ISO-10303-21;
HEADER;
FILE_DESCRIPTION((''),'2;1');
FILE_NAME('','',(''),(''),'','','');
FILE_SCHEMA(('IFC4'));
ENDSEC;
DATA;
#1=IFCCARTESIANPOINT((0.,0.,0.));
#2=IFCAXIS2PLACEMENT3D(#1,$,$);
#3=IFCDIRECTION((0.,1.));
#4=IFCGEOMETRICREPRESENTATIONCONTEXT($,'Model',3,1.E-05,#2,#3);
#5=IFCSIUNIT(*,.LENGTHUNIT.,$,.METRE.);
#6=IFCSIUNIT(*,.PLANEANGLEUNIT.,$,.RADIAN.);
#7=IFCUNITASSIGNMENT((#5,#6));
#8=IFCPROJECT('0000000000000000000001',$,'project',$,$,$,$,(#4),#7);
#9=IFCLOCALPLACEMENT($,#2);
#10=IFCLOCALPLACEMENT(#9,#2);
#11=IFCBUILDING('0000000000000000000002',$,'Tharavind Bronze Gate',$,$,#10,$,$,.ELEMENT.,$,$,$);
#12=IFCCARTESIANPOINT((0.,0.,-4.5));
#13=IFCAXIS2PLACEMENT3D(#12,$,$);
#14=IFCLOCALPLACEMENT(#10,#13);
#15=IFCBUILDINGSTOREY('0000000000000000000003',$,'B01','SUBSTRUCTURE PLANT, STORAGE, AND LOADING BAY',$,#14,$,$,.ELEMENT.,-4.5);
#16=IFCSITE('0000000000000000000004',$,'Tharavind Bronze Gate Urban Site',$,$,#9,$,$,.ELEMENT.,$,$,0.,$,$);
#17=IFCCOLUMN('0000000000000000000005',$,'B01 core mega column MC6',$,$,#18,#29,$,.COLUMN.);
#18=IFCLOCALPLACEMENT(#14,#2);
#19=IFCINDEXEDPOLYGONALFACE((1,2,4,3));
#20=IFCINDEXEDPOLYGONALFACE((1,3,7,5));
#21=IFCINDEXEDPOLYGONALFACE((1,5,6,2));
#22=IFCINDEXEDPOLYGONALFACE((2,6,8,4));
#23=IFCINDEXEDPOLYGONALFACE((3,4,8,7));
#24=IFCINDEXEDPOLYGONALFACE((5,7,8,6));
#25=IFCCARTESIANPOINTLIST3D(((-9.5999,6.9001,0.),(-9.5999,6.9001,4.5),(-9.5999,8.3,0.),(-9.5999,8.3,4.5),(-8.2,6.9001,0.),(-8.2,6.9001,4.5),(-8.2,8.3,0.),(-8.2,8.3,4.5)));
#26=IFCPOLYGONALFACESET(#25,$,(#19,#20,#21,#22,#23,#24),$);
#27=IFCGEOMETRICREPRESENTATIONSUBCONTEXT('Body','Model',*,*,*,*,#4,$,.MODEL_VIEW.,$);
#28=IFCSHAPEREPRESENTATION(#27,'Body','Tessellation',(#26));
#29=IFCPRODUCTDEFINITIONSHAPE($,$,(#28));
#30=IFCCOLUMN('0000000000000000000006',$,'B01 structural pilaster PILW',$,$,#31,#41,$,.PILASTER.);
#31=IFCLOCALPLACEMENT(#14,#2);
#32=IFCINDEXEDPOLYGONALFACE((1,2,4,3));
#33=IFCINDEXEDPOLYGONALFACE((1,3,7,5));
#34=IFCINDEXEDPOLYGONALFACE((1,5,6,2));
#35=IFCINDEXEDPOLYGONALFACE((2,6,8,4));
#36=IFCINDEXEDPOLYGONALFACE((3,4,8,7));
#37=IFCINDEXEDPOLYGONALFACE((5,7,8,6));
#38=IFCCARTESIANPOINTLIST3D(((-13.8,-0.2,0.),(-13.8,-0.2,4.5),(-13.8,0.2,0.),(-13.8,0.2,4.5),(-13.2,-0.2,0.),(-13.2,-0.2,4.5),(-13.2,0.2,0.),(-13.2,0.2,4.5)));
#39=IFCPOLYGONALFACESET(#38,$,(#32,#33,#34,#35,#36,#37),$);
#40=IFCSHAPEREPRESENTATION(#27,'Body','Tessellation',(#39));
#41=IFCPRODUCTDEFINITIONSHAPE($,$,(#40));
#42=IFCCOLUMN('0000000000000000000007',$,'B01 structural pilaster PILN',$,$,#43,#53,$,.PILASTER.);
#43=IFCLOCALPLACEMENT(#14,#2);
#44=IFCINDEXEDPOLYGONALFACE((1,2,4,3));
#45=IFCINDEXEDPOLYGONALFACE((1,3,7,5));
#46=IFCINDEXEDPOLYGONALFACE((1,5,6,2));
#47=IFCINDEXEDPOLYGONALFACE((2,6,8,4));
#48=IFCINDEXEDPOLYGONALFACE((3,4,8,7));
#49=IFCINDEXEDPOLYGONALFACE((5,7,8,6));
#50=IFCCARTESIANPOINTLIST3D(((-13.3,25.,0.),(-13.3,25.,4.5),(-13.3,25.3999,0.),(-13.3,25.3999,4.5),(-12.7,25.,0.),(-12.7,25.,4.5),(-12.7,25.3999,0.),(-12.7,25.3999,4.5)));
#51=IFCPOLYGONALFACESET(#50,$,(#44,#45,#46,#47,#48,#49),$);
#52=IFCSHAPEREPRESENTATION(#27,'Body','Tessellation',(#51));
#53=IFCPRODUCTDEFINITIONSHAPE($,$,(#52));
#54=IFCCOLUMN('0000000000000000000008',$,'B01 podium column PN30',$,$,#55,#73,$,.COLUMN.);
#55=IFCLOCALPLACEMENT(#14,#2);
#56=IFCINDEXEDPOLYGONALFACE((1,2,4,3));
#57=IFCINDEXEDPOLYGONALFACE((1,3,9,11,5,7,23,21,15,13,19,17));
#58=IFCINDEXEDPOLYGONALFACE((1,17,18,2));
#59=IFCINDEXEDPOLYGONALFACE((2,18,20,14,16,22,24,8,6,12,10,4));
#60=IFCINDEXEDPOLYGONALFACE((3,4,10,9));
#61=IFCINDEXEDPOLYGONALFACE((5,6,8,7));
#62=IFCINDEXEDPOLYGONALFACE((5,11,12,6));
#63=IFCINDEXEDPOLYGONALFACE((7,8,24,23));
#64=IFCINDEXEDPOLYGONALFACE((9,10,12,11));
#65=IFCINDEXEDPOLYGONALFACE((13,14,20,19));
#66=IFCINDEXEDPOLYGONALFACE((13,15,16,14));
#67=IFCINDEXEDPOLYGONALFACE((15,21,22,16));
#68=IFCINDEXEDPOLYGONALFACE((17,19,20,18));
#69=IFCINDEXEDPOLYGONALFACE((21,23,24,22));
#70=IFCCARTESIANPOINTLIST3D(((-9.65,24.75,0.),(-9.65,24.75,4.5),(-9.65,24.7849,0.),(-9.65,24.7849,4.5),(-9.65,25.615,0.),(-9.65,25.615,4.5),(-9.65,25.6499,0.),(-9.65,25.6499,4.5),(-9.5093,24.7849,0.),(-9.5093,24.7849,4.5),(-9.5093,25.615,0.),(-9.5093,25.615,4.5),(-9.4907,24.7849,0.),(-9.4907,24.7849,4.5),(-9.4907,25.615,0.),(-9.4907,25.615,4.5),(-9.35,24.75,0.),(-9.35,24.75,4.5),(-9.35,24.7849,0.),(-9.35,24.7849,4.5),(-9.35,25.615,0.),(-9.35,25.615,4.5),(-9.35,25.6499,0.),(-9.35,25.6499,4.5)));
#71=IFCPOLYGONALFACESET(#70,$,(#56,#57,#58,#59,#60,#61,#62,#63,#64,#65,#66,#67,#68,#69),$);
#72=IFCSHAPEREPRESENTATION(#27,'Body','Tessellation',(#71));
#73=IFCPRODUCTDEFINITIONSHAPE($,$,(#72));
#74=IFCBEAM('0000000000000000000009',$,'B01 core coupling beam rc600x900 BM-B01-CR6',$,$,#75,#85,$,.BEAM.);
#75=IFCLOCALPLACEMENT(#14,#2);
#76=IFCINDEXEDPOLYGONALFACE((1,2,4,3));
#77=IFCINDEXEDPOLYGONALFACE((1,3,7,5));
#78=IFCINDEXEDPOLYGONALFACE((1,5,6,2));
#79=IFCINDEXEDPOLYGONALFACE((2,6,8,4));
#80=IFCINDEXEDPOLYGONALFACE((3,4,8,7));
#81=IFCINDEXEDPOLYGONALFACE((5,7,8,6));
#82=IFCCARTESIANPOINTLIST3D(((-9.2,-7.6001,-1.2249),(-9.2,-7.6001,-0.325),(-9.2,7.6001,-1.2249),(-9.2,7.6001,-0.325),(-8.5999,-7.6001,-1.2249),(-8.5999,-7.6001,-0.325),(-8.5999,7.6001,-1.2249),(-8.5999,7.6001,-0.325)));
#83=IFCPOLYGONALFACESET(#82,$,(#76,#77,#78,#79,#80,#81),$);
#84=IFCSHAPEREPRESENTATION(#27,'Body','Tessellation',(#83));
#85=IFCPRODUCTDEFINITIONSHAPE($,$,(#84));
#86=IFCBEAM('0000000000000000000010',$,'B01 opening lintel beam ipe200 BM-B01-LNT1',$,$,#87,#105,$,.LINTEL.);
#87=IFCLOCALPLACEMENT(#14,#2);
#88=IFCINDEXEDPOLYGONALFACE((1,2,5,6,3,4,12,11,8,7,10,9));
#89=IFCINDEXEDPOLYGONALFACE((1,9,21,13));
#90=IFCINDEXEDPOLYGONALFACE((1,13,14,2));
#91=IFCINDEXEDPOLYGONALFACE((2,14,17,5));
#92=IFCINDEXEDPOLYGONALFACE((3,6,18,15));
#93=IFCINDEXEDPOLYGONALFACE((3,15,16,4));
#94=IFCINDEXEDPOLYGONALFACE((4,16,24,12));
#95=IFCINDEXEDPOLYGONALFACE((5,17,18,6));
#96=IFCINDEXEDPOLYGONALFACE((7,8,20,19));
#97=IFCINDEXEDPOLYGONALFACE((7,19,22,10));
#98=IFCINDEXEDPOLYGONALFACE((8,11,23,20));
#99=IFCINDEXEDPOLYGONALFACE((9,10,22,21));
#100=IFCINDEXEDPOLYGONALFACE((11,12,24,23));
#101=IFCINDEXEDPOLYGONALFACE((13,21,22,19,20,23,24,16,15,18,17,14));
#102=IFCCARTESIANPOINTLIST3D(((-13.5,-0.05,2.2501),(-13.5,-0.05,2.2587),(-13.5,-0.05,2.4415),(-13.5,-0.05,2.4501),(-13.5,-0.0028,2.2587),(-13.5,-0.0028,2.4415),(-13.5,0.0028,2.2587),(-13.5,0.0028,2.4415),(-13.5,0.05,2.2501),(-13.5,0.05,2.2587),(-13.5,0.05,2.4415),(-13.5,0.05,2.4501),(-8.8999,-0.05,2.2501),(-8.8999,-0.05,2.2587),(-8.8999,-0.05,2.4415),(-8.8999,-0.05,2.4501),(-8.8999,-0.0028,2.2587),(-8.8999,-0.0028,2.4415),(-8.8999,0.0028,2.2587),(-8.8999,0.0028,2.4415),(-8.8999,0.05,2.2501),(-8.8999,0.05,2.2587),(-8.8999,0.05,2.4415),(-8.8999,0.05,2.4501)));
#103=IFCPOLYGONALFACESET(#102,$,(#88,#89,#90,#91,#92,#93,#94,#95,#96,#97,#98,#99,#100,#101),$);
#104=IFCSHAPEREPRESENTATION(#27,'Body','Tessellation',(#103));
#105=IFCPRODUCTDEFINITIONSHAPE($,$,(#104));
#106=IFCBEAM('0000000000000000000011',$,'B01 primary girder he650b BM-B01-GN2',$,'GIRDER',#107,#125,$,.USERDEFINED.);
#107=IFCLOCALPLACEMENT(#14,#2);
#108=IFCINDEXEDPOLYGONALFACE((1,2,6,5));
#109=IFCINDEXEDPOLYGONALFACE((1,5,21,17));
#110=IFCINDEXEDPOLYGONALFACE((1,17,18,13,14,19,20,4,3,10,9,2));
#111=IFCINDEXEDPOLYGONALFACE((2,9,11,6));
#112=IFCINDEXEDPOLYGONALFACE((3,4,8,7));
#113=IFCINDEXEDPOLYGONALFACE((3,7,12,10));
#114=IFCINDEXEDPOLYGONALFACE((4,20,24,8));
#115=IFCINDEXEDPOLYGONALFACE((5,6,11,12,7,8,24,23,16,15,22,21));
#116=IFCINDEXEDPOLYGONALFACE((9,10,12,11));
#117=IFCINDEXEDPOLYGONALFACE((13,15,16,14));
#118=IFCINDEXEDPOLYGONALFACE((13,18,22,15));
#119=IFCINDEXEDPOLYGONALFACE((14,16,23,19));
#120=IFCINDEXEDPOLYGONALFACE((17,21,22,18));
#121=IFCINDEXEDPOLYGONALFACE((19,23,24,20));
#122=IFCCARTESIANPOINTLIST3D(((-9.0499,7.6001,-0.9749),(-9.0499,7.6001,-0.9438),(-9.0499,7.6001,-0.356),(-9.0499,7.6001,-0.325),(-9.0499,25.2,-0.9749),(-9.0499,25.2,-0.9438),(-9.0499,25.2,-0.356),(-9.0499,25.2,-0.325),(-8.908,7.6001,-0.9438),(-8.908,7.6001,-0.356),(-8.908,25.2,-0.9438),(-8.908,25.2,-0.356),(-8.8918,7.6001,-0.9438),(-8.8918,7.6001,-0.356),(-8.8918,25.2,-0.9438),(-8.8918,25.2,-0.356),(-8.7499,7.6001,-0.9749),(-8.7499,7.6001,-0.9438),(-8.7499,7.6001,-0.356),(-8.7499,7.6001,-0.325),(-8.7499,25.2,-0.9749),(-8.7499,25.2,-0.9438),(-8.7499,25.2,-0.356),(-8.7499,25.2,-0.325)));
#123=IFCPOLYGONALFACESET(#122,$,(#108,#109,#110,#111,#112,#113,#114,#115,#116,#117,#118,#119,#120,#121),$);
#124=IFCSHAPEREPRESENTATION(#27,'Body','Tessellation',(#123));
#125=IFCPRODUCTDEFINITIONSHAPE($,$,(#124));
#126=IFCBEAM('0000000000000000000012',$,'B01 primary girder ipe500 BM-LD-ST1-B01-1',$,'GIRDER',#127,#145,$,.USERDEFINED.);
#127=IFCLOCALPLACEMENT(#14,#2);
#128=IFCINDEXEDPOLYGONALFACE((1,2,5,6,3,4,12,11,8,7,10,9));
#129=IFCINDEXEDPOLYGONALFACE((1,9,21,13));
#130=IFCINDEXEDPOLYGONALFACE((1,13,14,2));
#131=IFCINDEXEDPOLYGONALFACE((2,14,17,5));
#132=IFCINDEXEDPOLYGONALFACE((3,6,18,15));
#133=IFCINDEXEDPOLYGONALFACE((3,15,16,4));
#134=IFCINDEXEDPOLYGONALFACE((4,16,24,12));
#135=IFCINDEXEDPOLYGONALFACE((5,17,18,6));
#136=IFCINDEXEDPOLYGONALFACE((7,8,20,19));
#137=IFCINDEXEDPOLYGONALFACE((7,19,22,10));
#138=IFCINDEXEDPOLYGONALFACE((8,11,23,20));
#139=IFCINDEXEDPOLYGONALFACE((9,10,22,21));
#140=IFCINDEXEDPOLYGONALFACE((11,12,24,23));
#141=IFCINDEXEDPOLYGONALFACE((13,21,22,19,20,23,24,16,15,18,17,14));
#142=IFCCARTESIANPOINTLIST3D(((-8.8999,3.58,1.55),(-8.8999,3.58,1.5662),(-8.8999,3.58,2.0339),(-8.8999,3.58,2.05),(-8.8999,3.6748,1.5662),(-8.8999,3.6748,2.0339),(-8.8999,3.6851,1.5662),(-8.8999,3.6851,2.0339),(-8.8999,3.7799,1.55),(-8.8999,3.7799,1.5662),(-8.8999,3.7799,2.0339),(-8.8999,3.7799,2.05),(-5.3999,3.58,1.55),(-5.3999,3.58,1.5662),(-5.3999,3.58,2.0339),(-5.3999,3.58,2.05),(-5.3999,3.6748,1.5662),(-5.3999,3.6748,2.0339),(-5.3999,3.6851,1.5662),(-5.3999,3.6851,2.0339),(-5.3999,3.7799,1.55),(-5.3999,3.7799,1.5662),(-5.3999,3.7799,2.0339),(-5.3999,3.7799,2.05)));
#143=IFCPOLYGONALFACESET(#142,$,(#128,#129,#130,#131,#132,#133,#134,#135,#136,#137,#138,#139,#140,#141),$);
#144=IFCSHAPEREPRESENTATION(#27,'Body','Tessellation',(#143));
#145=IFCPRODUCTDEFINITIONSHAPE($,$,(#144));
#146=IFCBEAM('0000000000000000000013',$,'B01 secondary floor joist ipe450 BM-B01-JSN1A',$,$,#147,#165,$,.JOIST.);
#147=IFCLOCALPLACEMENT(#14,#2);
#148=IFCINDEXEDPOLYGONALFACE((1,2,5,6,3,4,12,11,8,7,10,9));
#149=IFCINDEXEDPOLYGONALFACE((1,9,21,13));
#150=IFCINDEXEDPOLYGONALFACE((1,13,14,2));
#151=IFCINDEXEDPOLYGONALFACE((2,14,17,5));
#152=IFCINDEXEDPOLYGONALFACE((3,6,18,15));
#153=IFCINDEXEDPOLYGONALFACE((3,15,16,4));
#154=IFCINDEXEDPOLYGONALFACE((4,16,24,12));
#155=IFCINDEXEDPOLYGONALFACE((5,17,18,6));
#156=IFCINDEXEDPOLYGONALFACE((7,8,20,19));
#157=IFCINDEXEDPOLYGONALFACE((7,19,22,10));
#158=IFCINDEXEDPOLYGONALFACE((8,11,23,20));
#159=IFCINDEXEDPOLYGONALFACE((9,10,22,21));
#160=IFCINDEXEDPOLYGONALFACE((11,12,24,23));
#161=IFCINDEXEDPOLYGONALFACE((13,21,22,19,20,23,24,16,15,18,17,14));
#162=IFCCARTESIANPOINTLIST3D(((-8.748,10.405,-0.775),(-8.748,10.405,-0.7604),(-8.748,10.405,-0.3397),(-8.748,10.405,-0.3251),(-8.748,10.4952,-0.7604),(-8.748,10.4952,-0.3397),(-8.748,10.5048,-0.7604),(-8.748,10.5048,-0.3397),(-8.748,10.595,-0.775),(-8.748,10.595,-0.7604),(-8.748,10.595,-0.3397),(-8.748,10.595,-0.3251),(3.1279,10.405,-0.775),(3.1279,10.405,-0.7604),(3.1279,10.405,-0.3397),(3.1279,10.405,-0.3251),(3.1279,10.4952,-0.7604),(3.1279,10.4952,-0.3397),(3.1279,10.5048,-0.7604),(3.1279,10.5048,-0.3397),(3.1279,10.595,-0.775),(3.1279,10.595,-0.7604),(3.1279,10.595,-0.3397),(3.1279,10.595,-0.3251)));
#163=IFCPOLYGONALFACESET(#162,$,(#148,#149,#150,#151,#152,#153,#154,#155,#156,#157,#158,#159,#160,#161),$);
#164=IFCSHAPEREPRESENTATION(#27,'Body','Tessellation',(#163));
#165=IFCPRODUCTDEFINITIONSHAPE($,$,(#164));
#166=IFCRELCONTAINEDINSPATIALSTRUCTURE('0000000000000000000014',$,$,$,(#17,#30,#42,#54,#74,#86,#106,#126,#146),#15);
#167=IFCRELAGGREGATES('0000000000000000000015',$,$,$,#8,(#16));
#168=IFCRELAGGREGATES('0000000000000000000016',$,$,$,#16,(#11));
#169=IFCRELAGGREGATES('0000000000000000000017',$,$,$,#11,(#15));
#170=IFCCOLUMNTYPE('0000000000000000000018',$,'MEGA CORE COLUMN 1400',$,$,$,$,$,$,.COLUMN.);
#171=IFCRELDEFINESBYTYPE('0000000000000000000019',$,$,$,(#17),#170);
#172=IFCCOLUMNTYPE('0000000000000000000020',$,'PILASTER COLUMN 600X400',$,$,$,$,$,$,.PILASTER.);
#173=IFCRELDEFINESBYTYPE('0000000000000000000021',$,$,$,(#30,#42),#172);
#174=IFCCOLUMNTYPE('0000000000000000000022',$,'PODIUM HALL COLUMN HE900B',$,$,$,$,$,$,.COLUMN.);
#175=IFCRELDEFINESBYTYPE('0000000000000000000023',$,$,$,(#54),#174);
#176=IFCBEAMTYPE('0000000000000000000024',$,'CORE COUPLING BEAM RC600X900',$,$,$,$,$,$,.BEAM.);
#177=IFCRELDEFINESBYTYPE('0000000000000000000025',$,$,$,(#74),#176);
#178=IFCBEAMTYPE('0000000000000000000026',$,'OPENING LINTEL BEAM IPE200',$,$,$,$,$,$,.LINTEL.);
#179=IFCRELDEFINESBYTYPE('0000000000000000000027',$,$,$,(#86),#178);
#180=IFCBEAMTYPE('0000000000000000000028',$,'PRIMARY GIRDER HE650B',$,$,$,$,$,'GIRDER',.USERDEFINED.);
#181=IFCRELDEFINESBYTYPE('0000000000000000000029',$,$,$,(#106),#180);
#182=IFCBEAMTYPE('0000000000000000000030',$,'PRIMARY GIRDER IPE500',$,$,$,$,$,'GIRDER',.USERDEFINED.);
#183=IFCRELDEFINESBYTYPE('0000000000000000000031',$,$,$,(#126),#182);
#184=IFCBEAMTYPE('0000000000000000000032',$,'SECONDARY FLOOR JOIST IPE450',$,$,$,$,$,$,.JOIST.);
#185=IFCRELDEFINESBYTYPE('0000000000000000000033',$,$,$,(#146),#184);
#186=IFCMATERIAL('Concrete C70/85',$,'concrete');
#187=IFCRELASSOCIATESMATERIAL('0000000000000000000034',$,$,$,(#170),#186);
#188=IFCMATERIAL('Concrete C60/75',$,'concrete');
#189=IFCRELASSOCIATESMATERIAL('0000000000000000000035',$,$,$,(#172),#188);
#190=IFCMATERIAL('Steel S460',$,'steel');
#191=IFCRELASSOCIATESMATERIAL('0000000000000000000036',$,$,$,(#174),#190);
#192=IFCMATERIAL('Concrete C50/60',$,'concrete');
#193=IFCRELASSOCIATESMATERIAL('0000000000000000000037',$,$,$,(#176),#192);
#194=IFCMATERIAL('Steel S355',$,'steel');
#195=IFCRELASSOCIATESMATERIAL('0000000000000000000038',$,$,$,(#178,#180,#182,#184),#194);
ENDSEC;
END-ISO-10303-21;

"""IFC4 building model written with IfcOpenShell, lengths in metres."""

from ifc_helpers import new_model, si_unit, direction, frame, origin, origin_2d, place, context, subcontext, project, spatial, rectangle, i_section, extrude, material, material_profile, profile_set, type_object, element, save


model = new_model("IFC4")

# Units and contexts
model_context = context("Model", 3, precision=1e-05, world=origin(), true_north=direction((0.0, 1.0)))
body_context = subcontext(model_context, "Body", "Model", "MODEL_VIEW")
ifc_project = project(units=[si_unit("LENGTHUNIT", "METRE"), si_unit("PLANEANGLEUNIT", "RADIAN")], contexts=[model_context])

# Site, building, storey
site_placement = place(None, origin())
site = spatial("IfcSite", under=ifc_project, at=site_placement, Name="Tharavind Bronze Gate Urban Site", CompositionType="ELEMENT", RefElevation=0.0)
building_placement = place(site_placement, origin())
building = spatial("IfcBuilding", under=site, at=building_placement, Name="Tharavind Bronze Gate", CompositionType="ELEMENT")
storey_placement = place(building_placement, frame((0.0, 0.0, -4.5)))
storey = spatial("IfcBuildingStorey", under=building, at=storey_placement, Name="B01", Description="SUBSTRUCTURE PLANT, STORAGE, AND LOADING BAY", CompositionType="ELEMENT", Elevation=-4.5)

# Columns
ifc_material_1 = material(Name="Concrete C70/85", Category="concrete")
ifc_material_profile_1 = material_profile(ifc_material_1, rectangle(XDim=1.3999, YDim=1.3999, at=origin_2d()), Name="RCCOL1400")
ifc_profile_set_1 = profile_set([ifc_material_profile_1], Name="Concrete C70/85")
column_type_1 = type_object("IfcColumnType", Name="MEGA CORE COLUMN 1400", PredefinedType="COLUMN", material=ifc_profile_set_1)
column_1_placement = place(storey_placement, frame((-8.8999, 7.6001, 0.0), z_axis=(0.0, 0.0, 1.0), x_axis=(1.0, 0.0, 0.0)))
element("IfcColumn", 1, at=column_1_placement, inside=storey, type_object=column_type_1, Name="B01 core mega column MC6", PredefinedType="COLUMN", context=body_context, shape_type="SweptSolid", body=[
    extrude(rectangle(XDim=1.3999, YDim=1.3999, at=origin_2d()), origin(), (0.0, 0.0, 1.0), 4.5),
])
ifc_material_2 = material(Name="Concrete C60/75", Category="concrete")
ifc_material_profile_2 = material_profile(ifc_material_2, rectangle(XDim=0.6001, YDim=0.3999, at=origin_2d()), Name="RCPIL600X400")
ifc_profile_set_2 = profile_set([ifc_material_profile_2], Name="Concrete C60/75")
column_type_2 = type_object("IfcColumnType", Name="PILASTER COLUMN 600X400", PredefinedType="PILASTER", material=ifc_profile_set_2)
for number, where, z_axis, x_axis, name in (
    (2, (-13.5, 0.0, 0.0), (0.0, 0.0, 1.0), (1.0, 0.0, 0.0), "B01 structural pilaster PILW"),
    (3, (-13.0, 25.2, 0.0), (0.0, 0.0, 1.0), (1.0, 0.0, 0.0), "B01 structural pilaster PILN"),
):
    element("IfcColumn", number, at=place(storey_placement, frame(where, z_axis=z_axis, x_axis=x_axis)), inside=storey, type_object=column_type_2, Name=name, PredefinedType="PILASTER", context=body_context, shape_type="SweptSolid", body=[
        extrude(rectangle(XDim=0.6001, YDim=0.3999, at=origin_2d()), origin(), (0.0, 0.0, 1.0), 4.5),
    ])
ifc_material_3 = material(Name="Steel S460", Category="steel")
ifc_material_profile_3 = material_profile(ifc_material_3, i_section(OverallWidth=0.3, OverallDepth=0.8999, WebThickness=0.0186, FlangeThickness=0.0349, at=origin_2d()), Name="HE900B")
ifc_profile_set_3 = profile_set([ifc_material_profile_3], Name="Steel S460")
column_type_3 = type_object("IfcColumnType", Name="PODIUM HALL COLUMN HE900B", PredefinedType="COLUMN", material=ifc_profile_set_3)
column_2_placement = place(storey_placement, frame((-9.5, 25.2, 0.0), z_axis=(0.0, 0.0, 1.0), x_axis=(1.0, 0.0, 0.0)))
element("IfcColumn", 4, at=column_2_placement, inside=storey, type_object=column_type_3, Name="B01 podium column PN30", PredefinedType="COLUMN", context=body_context, shape_type="SweptSolid", body=[
    extrude(i_section(OverallWidth=0.3, OverallDepth=0.8999, WebThickness=0.0186, FlangeThickness=0.0349, at=origin_2d()), origin(), (0.0, 0.0, 1.0), 4.5),
])

# Beams
ifc_material_4 = material(Name="Concrete C50/60", Category="concrete")
ifc_material_profile_4 = material_profile(ifc_material_4, rectangle(XDim=0.6001, YDim=0.8999, at=origin_2d()), Name="RCBM600X900")
ifc_profile_set_4 = profile_set([ifc_material_profile_4], Name="Concrete C50/60")
beam_type_1 = type_object("IfcBeamType", Name="CORE COUPLING BEAM RC600X900", PredefinedType="BEAM", material=ifc_profile_set_4)
beam_1_placement = place(storey_placement, frame((-8.8999, 7.6001, -0.7749), z_axis=(0.0, -1.0, 0.0), x_axis=(1.0, 0.0, 0.0)))
element("IfcBeam", 5, at=beam_1_placement, inside=storey, type_object=beam_type_1, Name="B01 core coupling beam rc600x900 BM-B01-CR6", PredefinedType="BEAM", context=body_context, shape_type="SweptSolid", body=[
    extrude(rectangle(XDim=0.6001, YDim=0.8999, at=origin_2d()), origin(), (0.0, 0.0, 1.0), 15.2002),
])
ifc_material_5 = material(Name="Steel S355", Category="steel")
ifc_material_profile_5 = material_profile(ifc_material_5, i_section(OverallWidth=0.1001, OverallDepth=0.2, WebThickness=0.0056, FlangeThickness=0.0085, at=origin_2d()), Name="IPE200")
ifc_profile_set_5 = profile_set([ifc_material_profile_5], Name="Steel S355")
beam_type_2 = type_object("IfcBeamType", Name="OPENING LINTEL BEAM IPE200", PredefinedType="LINTEL", material=ifc_profile_set_5)
beam_2_placement = place(storey_placement, frame((-13.5, 0.0, 2.3501), z_axis=(1.0, 0.0, 0.0), x_axis=(0.0, 1.0, 0.0)))
element("IfcBeam", 6, at=beam_2_placement, inside=storey, type_object=beam_type_2, Name="B01 opening lintel beam ipe200 BM-B01-LNT1", PredefinedType="LINTEL", context=body_context, shape_type="SweptSolid", body=[
    extrude(i_section(OverallWidth=0.1001, OverallDepth=0.2, WebThickness=0.0056, FlangeThickness=0.0085, at=origin_2d()), origin(), (0.0, 0.0, 1.0), 4.6001),
])
ifc_material_profile_6 = material_profile(ifc_material_5, i_section(OverallWidth=0.3, OverallDepth=0.6499, WebThickness=0.0161, FlangeThickness=0.031, at=origin_2d()), Name="HE650B")
ifc_profile_set_6 = profile_set([ifc_material_profile_6], Name="Steel S355")
beam_type_3 = type_object("IfcBeamType", Name="PRIMARY GIRDER HE650B", ElementType="GIRDER", PredefinedType="USERDEFINED", material=ifc_profile_set_6)
beam_3_placement = place(storey_placement, frame((-8.8999, 25.2, -0.6499), z_axis=(0.0, -1.0, 0.0), x_axis=(1.0, 0.0, 0.0)))
element("IfcBeam", 7, at=beam_3_placement, inside=storey, type_object=beam_type_3, Name="B01 primary girder he650b BM-B01-GN2", ObjectType="GIRDER", PredefinedType="USERDEFINED", context=body_context, shape_type="SweptSolid", body=[
    extrude(i_section(OverallWidth=0.3, OverallDepth=0.6499, WebThickness=0.0161, FlangeThickness=0.031, at=origin_2d()), origin(), (0.0, 0.0, 1.0), 17.5999),
])
ifc_material_profile_7 = material_profile(ifc_material_5, i_section(OverallWidth=0.2, OverallDepth=0.5, WebThickness=0.0103, FlangeThickness=0.0161, at=origin_2d()), Name="IPE500")
ifc_profile_set_7 = profile_set([ifc_material_profile_7], Name="Steel S355")
beam_type_4 = type_object("IfcBeamType", Name="PRIMARY GIRDER IPE500", ElementType="GIRDER", PredefinedType="USERDEFINED", material=ifc_profile_set_7)
beam_4_placement = place(storey_placement, frame((-8.8999, 3.6799, 1.8), z_axis=(1.0, 0.0, 0.0), x_axis=(0.0, 1.0, 0.0)))
element("IfcBeam", 8, at=beam_4_placement, inside=storey, type_object=beam_type_4, Name="B01 primary girder ipe500 BM-LD-ST1-B01-1", ObjectType="GIRDER", PredefinedType="USERDEFINED", context=body_context, shape_type="SweptSolid", body=[
    extrude(i_section(OverallWidth=0.2, OverallDepth=0.5, WebThickness=0.0103, FlangeThickness=0.0161, at=origin_2d()), origin(), (0.0, 0.0, 1.0), 3.5),
])
ifc_material_profile_8 = material_profile(ifc_material_5, i_section(OverallWidth=0.1899, OverallDepth=0.45, WebThickness=0.0095, FlangeThickness=0.0146, at=origin_2d()), Name="IPE450")
ifc_profile_set_8 = profile_set([ifc_material_profile_8], Name="Steel S355")
beam_type_5 = type_object("IfcBeamType", Name="SECONDARY FLOOR JOIST IPE450", PredefinedType="JOIST", material=ifc_profile_set_8)
for number, where, z_axis, x_axis, name in (
    (9, (-8.748, 10.5, -0.55), (1.0, 0.0, 0.0), (0.0, 1.0, 0.0), "B01 secondary floor joist ipe450 BM-B01-JSN1A"),
):
    element("IfcBeam", number, at=place(storey_placement, frame(where, z_axis=z_axis, x_axis=x_axis)), inside=storey, type_object=beam_type_5, Name=name, PredefinedType="JOIST", context=body_context, shape_type="SweptSolid", body=[
        extrude(i_section(OverallWidth=0.1899, OverallDepth=0.45, WebThickness=0.0095, FlangeThickness=0.0146, at=origin_2d()), origin(), (0.0, 0.0, 1.0), 11.876),
    ])

save(model, "model.ifc")
